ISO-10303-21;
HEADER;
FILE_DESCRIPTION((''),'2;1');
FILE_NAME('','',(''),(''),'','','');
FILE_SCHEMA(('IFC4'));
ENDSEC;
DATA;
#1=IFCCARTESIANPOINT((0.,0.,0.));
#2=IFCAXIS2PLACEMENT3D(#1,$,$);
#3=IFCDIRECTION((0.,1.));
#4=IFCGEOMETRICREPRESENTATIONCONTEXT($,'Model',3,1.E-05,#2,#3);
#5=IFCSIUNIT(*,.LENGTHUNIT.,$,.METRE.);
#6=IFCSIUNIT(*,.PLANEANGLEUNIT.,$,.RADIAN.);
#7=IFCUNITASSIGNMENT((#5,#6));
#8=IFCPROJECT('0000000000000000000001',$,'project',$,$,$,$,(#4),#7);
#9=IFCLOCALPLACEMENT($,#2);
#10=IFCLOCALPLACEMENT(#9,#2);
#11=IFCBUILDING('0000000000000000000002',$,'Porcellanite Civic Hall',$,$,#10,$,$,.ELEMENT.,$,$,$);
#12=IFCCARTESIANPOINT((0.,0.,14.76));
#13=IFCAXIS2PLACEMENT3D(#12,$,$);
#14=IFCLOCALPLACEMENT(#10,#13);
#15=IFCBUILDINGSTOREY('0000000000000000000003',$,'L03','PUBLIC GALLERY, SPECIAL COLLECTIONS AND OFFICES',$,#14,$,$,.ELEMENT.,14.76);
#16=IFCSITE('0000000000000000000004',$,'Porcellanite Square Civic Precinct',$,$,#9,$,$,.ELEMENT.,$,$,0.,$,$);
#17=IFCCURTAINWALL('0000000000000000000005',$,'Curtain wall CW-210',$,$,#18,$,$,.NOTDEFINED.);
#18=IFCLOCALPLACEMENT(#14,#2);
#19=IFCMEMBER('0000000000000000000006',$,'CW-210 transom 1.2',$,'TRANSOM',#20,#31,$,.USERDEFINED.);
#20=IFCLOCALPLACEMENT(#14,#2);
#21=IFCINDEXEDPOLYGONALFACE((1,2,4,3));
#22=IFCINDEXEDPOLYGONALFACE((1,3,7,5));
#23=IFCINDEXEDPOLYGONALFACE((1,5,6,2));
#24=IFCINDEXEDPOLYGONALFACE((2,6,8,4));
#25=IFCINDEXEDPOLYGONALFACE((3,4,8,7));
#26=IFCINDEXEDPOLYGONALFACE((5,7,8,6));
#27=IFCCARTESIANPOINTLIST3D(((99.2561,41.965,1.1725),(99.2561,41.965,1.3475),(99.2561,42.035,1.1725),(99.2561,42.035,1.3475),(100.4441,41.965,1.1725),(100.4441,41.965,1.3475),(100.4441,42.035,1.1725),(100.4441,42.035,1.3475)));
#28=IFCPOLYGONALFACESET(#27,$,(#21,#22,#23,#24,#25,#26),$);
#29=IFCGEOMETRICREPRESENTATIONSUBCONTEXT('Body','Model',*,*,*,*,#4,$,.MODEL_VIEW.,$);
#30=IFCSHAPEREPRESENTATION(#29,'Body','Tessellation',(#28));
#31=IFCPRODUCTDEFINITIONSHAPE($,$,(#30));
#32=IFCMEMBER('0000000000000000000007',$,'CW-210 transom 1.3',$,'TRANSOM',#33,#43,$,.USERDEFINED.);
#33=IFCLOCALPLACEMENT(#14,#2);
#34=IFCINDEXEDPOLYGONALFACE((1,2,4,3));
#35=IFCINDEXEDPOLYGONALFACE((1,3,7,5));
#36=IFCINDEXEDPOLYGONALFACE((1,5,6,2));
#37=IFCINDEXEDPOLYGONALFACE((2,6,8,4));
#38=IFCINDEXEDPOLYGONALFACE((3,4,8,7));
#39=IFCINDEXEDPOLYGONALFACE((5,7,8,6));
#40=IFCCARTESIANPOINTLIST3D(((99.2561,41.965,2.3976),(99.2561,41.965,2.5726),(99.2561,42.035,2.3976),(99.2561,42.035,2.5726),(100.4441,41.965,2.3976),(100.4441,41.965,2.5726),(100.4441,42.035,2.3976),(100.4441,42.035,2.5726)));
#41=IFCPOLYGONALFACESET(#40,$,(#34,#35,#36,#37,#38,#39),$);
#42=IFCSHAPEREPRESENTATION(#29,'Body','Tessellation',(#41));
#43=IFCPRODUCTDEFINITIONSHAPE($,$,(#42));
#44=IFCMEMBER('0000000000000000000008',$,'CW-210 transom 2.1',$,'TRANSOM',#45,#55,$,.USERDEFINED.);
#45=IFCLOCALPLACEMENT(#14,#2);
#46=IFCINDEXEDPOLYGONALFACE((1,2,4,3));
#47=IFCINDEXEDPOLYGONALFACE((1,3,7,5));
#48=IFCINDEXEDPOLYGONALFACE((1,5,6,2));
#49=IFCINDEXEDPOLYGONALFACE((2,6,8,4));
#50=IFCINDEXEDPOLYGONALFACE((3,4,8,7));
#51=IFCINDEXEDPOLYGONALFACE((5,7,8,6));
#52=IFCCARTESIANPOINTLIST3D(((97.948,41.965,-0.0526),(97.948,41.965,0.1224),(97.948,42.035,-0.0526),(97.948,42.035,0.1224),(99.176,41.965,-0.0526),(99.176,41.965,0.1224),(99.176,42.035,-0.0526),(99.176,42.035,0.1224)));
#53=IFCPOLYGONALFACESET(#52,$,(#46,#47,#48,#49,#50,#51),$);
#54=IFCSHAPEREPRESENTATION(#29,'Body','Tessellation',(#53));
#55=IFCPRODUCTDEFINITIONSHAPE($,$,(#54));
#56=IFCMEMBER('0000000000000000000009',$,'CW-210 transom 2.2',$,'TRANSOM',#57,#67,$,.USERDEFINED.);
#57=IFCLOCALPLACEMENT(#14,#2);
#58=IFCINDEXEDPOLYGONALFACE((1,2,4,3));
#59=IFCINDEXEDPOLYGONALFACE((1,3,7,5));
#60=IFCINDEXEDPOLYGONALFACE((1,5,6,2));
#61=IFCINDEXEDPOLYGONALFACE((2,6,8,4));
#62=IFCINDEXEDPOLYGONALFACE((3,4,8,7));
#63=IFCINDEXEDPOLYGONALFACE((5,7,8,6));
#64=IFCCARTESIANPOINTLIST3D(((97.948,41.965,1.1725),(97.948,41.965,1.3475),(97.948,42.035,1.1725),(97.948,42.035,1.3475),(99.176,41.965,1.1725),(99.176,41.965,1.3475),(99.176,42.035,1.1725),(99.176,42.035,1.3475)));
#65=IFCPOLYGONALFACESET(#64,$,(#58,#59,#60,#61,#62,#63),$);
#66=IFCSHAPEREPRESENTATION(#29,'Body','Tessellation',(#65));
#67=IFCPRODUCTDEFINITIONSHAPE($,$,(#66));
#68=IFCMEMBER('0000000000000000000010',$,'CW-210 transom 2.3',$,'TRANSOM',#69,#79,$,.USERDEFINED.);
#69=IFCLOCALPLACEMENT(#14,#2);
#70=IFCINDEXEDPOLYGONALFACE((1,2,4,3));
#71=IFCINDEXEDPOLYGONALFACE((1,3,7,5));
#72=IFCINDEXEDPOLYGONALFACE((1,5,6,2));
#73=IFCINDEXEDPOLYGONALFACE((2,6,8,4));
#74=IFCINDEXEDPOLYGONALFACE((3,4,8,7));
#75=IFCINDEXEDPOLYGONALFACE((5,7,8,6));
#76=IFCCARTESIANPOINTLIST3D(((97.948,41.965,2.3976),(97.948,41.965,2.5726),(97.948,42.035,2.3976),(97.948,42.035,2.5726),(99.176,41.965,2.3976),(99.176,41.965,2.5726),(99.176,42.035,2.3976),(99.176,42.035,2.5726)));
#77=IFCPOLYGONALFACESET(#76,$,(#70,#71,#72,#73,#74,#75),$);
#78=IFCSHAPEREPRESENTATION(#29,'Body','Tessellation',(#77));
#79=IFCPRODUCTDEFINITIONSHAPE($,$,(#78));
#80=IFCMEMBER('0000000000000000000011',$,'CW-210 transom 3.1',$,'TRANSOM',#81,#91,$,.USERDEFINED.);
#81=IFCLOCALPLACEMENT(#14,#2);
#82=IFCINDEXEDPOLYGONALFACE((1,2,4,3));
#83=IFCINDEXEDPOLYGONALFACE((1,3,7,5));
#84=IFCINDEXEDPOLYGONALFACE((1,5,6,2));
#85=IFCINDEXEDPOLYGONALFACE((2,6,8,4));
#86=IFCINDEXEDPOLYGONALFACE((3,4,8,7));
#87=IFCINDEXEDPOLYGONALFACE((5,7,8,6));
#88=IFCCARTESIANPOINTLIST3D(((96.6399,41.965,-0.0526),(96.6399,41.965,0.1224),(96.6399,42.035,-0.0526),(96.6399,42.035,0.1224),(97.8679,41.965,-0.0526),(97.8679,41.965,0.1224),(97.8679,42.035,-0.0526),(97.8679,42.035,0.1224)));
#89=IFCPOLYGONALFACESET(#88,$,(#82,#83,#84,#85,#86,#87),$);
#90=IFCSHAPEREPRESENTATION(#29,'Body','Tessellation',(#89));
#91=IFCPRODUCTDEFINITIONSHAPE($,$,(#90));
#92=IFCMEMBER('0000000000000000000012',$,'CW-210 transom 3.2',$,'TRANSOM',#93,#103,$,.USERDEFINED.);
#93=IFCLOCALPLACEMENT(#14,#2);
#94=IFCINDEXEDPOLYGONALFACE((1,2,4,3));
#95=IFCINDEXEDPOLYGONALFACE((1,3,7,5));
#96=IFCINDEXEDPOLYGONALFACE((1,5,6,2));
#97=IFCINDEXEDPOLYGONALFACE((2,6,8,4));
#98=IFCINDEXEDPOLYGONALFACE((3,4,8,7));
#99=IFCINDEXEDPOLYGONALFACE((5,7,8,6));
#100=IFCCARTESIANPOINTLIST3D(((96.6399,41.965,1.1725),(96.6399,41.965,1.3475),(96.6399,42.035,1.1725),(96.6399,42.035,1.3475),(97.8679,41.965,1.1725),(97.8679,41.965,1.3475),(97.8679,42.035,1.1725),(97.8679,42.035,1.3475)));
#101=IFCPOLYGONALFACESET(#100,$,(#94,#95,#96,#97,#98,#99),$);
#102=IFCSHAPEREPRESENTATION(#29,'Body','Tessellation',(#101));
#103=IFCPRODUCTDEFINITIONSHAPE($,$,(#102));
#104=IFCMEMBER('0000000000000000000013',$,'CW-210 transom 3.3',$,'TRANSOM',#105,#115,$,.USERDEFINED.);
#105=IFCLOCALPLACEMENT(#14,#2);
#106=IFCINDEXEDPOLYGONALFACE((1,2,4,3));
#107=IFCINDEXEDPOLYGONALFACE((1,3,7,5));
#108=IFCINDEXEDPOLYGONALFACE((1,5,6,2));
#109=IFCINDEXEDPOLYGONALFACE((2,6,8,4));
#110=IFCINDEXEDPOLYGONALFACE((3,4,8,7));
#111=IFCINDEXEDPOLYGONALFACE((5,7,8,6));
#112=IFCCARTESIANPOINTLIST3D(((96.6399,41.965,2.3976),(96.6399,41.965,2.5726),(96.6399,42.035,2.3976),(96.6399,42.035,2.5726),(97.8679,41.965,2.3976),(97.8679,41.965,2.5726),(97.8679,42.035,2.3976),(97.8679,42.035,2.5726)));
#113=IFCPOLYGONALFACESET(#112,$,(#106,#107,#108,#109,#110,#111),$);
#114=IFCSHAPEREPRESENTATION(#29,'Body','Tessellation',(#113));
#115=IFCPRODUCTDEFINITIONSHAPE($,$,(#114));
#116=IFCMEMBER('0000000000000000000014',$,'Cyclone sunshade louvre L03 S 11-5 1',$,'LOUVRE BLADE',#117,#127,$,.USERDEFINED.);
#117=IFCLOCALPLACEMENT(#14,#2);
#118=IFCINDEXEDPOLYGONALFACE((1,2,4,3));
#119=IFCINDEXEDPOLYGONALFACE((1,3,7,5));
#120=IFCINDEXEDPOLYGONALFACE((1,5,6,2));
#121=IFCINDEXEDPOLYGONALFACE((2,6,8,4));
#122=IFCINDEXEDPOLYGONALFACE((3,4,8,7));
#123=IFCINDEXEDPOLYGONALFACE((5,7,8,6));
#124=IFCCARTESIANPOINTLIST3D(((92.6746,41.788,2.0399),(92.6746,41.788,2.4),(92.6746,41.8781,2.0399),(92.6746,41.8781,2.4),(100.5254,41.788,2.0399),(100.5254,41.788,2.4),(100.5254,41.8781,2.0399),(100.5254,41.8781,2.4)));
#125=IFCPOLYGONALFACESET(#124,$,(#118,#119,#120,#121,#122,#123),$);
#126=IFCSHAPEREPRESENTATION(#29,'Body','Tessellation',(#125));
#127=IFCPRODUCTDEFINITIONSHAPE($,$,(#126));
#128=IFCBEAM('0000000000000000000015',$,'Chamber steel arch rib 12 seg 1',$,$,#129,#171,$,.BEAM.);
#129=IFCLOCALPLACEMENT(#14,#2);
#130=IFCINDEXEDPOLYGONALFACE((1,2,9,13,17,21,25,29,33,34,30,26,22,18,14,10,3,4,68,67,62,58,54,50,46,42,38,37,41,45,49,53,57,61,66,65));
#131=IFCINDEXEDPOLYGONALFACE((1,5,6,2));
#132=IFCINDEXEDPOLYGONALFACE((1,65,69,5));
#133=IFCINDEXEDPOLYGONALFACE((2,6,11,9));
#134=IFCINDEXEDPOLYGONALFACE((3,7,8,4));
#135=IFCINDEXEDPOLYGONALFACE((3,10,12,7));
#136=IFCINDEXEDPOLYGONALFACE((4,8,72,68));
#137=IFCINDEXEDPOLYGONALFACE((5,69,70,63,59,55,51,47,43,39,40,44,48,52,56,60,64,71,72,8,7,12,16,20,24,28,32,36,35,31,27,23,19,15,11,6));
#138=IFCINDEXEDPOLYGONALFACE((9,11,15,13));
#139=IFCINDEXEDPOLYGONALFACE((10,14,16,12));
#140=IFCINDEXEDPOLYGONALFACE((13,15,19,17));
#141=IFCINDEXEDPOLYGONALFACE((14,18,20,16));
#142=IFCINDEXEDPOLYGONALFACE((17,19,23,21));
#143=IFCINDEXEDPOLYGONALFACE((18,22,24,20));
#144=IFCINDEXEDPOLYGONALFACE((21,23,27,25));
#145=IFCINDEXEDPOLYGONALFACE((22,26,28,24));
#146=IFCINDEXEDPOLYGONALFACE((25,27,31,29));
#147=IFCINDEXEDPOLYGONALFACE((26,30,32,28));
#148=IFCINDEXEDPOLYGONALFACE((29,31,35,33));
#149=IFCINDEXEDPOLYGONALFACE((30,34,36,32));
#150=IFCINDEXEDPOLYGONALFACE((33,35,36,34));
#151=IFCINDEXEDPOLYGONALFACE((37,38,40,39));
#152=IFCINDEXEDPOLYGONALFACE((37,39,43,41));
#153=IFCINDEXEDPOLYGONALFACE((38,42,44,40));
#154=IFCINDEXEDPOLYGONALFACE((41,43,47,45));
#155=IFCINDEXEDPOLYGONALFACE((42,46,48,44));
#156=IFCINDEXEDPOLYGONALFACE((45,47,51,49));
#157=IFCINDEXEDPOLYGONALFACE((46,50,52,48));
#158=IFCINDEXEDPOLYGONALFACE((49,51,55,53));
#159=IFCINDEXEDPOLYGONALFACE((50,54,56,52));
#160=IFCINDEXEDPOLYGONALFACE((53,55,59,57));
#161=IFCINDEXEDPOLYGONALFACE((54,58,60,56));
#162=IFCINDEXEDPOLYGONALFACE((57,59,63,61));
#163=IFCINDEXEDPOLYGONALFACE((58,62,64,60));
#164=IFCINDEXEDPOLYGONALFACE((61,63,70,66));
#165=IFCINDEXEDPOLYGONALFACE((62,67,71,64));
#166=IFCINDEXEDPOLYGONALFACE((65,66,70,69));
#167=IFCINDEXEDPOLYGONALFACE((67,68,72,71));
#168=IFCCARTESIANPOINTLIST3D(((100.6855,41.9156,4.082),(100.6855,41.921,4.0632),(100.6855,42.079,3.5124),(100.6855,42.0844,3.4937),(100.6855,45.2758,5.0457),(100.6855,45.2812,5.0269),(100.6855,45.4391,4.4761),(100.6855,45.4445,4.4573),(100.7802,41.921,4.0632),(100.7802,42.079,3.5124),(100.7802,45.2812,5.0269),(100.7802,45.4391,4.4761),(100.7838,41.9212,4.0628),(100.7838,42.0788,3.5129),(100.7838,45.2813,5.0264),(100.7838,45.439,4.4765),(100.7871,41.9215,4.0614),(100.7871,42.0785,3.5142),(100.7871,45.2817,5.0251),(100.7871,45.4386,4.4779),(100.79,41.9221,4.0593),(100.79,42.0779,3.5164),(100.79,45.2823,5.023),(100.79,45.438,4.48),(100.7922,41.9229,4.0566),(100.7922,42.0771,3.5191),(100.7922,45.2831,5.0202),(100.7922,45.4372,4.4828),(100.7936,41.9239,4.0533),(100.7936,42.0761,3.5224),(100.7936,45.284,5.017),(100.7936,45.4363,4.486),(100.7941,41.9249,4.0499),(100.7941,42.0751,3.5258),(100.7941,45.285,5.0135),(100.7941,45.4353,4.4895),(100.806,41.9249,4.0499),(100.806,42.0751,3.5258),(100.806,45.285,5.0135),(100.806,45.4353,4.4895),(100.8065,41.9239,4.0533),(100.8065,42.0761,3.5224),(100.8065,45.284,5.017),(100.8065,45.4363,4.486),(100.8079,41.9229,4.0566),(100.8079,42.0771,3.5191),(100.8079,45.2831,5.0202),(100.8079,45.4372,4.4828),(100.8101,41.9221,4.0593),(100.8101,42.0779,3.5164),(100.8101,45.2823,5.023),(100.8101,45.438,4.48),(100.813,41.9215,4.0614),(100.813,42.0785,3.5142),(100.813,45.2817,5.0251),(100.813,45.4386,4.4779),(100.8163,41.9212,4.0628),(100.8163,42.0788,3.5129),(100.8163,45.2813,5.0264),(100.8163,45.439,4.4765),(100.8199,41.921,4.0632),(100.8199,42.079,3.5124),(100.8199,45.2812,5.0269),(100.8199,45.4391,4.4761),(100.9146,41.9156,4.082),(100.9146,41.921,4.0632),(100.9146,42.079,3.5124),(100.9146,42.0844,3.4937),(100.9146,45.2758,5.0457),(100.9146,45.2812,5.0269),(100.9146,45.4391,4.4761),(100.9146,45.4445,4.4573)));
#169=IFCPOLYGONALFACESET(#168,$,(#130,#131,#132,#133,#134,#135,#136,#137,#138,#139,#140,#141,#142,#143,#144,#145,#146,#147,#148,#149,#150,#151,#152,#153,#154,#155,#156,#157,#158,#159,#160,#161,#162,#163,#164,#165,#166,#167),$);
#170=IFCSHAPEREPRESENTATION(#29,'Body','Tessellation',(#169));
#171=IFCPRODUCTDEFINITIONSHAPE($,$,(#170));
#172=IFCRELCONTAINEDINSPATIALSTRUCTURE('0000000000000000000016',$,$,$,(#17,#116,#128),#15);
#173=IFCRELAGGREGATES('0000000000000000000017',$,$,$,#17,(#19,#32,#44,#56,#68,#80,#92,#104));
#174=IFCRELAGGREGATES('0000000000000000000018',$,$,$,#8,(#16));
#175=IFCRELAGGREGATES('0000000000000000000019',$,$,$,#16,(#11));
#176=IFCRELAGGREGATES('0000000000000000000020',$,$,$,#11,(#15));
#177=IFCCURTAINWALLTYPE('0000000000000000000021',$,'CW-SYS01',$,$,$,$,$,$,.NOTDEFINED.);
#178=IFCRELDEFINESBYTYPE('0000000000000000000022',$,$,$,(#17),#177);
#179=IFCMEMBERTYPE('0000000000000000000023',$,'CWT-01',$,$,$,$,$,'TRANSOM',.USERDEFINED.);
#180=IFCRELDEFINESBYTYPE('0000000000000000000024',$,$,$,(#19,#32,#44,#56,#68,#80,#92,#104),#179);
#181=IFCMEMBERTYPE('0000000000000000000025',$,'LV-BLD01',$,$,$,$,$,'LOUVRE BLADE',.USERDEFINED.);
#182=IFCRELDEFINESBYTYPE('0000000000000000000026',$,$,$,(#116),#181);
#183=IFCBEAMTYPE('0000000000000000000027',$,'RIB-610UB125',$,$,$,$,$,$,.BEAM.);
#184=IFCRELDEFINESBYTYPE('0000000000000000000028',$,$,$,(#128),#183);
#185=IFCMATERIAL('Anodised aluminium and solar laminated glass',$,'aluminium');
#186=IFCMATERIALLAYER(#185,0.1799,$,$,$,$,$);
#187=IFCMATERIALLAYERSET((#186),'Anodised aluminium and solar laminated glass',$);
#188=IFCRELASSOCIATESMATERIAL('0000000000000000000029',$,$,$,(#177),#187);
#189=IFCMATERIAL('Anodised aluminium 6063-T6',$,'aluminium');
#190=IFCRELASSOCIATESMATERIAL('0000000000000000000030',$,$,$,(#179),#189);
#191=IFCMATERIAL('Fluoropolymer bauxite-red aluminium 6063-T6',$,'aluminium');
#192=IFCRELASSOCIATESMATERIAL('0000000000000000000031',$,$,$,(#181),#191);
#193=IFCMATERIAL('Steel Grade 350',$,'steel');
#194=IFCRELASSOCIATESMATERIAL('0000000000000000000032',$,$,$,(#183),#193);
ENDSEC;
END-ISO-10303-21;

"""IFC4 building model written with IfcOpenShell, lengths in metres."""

from ifc_helpers import new_model, si_unit, direction, frame, origin, origin_2d, place, context, subcontext, project, spatial, rectangle, i_section, extrude, material, layer, layer_set, material_profile, profile_set, type_object, element, aggregate, save


model = new_model("IFC4")

# Units and contexts
model_context = context("Model", 3, precision=1e-05, world=origin(), true_north=direction((0.0, 1.0)))
body_context = subcontext(model_context, "Body", "Model", "MODEL_VIEW")
ifc_project = project(units=[si_unit("LENGTHUNIT", "METRE"), si_unit("PLANEANGLEUNIT", "RADIAN")], contexts=[model_context])

# Site, building, storey
site_placement = place(None, origin())
site = spatial("IfcSite", under=ifc_project, at=site_placement, Name="Porcellanite Square Civic Precinct", CompositionType="ELEMENT", RefElevation=0.0)
building_placement = place(site_placement, origin())
building = spatial("IfcBuilding", under=site, at=building_placement, Name="Porcellanite Civic Hall", CompositionType="ELEMENT")
storey_placement = place(building_placement, frame((0.0, 0.0, 14.76)))
storey = spatial("IfcBuildingStorey", under=building, at=storey_placement, Name="L03", Description="PUBLIC GALLERY, SPECIAL COLLECTIONS AND OFFICES", CompositionType="ELEMENT", Elevation=14.76)

# Curtain wall, members
ifc_material_1 = material(Name="Anodised aluminium and solar laminated glass", Category="aluminium")
ifc_layer_1 = layer(ifc_material_1, 0.1799)
ifc_layer_set_1 = layer_set([ifc_layer_1], Name="Anodised aluminium and solar laminated glass")
curtain_wall_type = type_object("IfcCurtainWallType", Name="CW-SYS01", PredefinedType="NOTDEFINED", material=ifc_layer_set_1)
curtain_wall_placement = place(storey_placement, origin())
curtain_wall = element("IfcCurtainWall", 1, at=curtain_wall_placement, inside=storey, type_object=curtain_wall_type, Name="Curtain wall CW-210", PredefinedType="NOTDEFINED")
ifc_material_2 = material(Name="Anodised aluminium 6063-T6", Category="aluminium")
ifc_material_profile_1 = material_profile(ifc_material_2, rectangle(XDim=0.0701, YDim=0.175, at=origin_2d()), Name="AL-70x175")
ifc_profile_set_1 = profile_set([ifc_material_profile_1], Name="Anodised aluminium 6063-T6")
member_type_1 = type_object("IfcMemberType", Name="CWT-01", ElementType="TRANSOM", PredefinedType="USERDEFINED", material=ifc_profile_set_1)
member_1_placement = place(storey_placement, frame((100.4441, 42.0, 1.26), z_axis=(-1.0, 0.0, 0.0), x_axis=(0.0, -1.0, 0.0)))
member_1 = element("IfcMember", 2, at=member_1_placement, type_object=member_type_1, Name="CW-210 transom 1.2", ObjectType="TRANSOM", PredefinedType="USERDEFINED", context=body_context, shape_type="SweptSolid", body=[
    extrude(rectangle(XDim=0.0701, YDim=0.175, at=origin_2d()), origin(), (0.0, 0.0, 1.0), 1.188),
])
member_2_placement = place(storey_placement, frame((100.4441, 42.0, 2.4851), z_axis=(-1.0, 0.0, 0.0), x_axis=(0.0, -1.0, 0.0)))
member_2 = element("IfcMember", 3, at=member_2_placement, type_object=member_type_1, Name="CW-210 transom 1.3", ObjectType="TRANSOM", PredefinedType="USERDEFINED", context=body_context, shape_type="SweptSolid", body=[
    extrude(rectangle(XDim=0.0701, YDim=0.175, at=origin_2d()), origin(), (0.0, 0.0, 1.0), 1.188),
])
member_3_placement = place(storey_placement, frame((99.176, 42.0, 0.0349), z_axis=(-1.0, 0.0, 0.0), x_axis=(0.0, -1.0, 0.0)))
member_3 = element("IfcMember", 4, at=member_3_placement, type_object=member_type_1, Name="CW-210 transom 2.1", ObjectType="TRANSOM", PredefinedType="USERDEFINED", context=body_context, shape_type="SweptSolid", body=[
    extrude(rectangle(XDim=0.0701, YDim=0.175, at=origin_2d()), origin(), (0.0, 0.0, 1.0), 1.228),
])
member_4_placement = place(storey_placement, frame((99.176, 42.0, 1.26), z_axis=(-1.0, 0.0, 0.0), x_axis=(0.0, -1.0, 0.0)))
member_4 = element("IfcMember", 5, at=member_4_placement, type_object=member_type_1, Name="CW-210 transom 2.2", ObjectType="TRANSOM", PredefinedType="USERDEFINED", context=body_context, shape_type="SweptSolid", body=[
    extrude(rectangle(XDim=0.0701, YDim=0.175, at=origin_2d()), origin(), (0.0, 0.0, 1.0), 1.228),
])
member_5_placement = place(storey_placement, frame((99.176, 42.0, 2.4851), z_axis=(-1.0, 0.0, 0.0), x_axis=(0.0, -1.0, 0.0)))
member_5 = element("IfcMember", 6, at=member_5_placement, type_object=member_type_1, Name="CW-210 transom 2.3", ObjectType="TRANSOM", PredefinedType="USERDEFINED", context=body_context, shape_type="SweptSolid", body=[
    extrude(rectangle(XDim=0.0701, YDim=0.175, at=origin_2d()), origin(), (0.0, 0.0, 1.0), 1.228),
])
member_6_placement = place(storey_placement, frame((97.8679, 42.0, 0.0349), z_axis=(-1.0, 0.0, 0.0), x_axis=(0.0, -1.0, 0.0)))
member_6 = element("IfcMember", 7, at=member_6_placement, type_object=member_type_1, Name="CW-210 transom 3.1", ObjectType="TRANSOM", PredefinedType="USERDEFINED", context=body_context, shape_type="SweptSolid", body=[
    extrude(rectangle(XDim=0.0701, YDim=0.175, at=origin_2d()), origin(), (0.0, 0.0, 1.0), 1.228),
])
member_7_placement = place(storey_placement, frame((97.8679, 42.0, 1.26), z_axis=(-1.0, 0.0, 0.0), x_axis=(0.0, -1.0, 0.0)))
member_7 = element("IfcMember", 8, at=member_7_placement, type_object=member_type_1, Name="CW-210 transom 3.2", ObjectType="TRANSOM", PredefinedType="USERDEFINED", context=body_context, shape_type="SweptSolid", body=[
    extrude(rectangle(XDim=0.0701, YDim=0.175, at=origin_2d()), origin(), (0.0, 0.0, 1.0), 1.228),
])
member_8_placement = place(storey_placement, frame((97.8679, 42.0, 2.4851), z_axis=(-1.0, 0.0, 0.0), x_axis=(0.0, -1.0, 0.0)))
member_8 = element("IfcMember", 9, at=member_8_placement, type_object=member_type_1, Name="CW-210 transom 3.3", ObjectType="TRANSOM", PredefinedType="USERDEFINED", context=body_context, shape_type="SweptSolid", body=[
    extrude(rectangle(XDim=0.0701, YDim=0.175, at=origin_2d()), origin(), (0.0, 0.0, 1.0), 1.228),
])

# Member
ifc_material_3 = material(Name="Fluoropolymer bauxite-red aluminium 6063-T6", Category="aluminium")
ifc_material_profile_2 = material_profile(ifc_material_3, rectangle(XDim=0.0901, YDim=0.3601, at=origin_2d()), Name="AL-90x360")
ifc_profile_set_2 = profile_set([ifc_material_profile_2], Name="Fluoropolymer bauxite-red aluminium 6063-T6")
member_type_2 = type_object("IfcMemberType", Name="LV-BLD01", ElementType="LOUVRE BLADE", PredefinedType="USERDEFINED", material=ifc_profile_set_2)
member_9_placement = place(storey_placement, frame((100.5254, 41.833, 2.22), z_axis=(-1.0, 0.0, 0.0), x_axis=(0.0, -1.0, 0.0)))
element("IfcMember", 10, at=member_9_placement, inside=storey, type_object=member_type_2, Name="Cyclone sunshade louvre L03 S 11-5 1", ObjectType="LOUVRE BLADE", PredefinedType="USERDEFINED", context=body_context, shape_type="SweptSolid", body=[
    extrude(rectangle(XDim=0.0901, YDim=0.3601, at=origin_2d()), origin(), (0.0, 0.0, 1.0), 7.8508),
])

# Beam
ifc_material_4 = material(Name="Steel Grade 350", Category="steel")
ifc_material_profile_3 = material_profile(ifc_material_4, i_section(OverallWidth=0.229, OverallDepth=0.6121, WebThickness=0.012, FlangeThickness=0.0195, FilletRadius=0.0139, at=origin_2d()), Name="610UB125")
ifc_profile_set_3 = profile_set([ifc_material_profile_3], Name="Steel Grade 350")
beam_type = type_object("IfcBeamType", Name="RIB-610UB125", PredefinedType="BEAM", material=ifc_profile_set_3)
beam_placement = place(storey_placement, frame((100.8, 42.0, 3.7878), z_axis=(0.0, 0.961252, 0.275671), x_axis=(-1.0, 0.0, 0.0)))
element("IfcBeam", 11, at=beam_placement, inside=storey, type_object=beam_type, Name="Chamber steel arch rib 12 seg 1", PredefinedType="BEAM", context=body_context, shape_type="SweptSolid", body=[
    extrude(i_section(OverallWidth=0.229, OverallDepth=0.6121, WebThickness=0.012, FlangeThickness=0.0195, FilletRadius=0.0139, at=origin_2d()), origin(), (0.0, 0.0, 1.0), 3.4956),
])

aggregate(curtain_wall, [member_1, member_2, member_3, member_4, member_5, member_6, member_7, member_8])

save(model, "model.ifc")
